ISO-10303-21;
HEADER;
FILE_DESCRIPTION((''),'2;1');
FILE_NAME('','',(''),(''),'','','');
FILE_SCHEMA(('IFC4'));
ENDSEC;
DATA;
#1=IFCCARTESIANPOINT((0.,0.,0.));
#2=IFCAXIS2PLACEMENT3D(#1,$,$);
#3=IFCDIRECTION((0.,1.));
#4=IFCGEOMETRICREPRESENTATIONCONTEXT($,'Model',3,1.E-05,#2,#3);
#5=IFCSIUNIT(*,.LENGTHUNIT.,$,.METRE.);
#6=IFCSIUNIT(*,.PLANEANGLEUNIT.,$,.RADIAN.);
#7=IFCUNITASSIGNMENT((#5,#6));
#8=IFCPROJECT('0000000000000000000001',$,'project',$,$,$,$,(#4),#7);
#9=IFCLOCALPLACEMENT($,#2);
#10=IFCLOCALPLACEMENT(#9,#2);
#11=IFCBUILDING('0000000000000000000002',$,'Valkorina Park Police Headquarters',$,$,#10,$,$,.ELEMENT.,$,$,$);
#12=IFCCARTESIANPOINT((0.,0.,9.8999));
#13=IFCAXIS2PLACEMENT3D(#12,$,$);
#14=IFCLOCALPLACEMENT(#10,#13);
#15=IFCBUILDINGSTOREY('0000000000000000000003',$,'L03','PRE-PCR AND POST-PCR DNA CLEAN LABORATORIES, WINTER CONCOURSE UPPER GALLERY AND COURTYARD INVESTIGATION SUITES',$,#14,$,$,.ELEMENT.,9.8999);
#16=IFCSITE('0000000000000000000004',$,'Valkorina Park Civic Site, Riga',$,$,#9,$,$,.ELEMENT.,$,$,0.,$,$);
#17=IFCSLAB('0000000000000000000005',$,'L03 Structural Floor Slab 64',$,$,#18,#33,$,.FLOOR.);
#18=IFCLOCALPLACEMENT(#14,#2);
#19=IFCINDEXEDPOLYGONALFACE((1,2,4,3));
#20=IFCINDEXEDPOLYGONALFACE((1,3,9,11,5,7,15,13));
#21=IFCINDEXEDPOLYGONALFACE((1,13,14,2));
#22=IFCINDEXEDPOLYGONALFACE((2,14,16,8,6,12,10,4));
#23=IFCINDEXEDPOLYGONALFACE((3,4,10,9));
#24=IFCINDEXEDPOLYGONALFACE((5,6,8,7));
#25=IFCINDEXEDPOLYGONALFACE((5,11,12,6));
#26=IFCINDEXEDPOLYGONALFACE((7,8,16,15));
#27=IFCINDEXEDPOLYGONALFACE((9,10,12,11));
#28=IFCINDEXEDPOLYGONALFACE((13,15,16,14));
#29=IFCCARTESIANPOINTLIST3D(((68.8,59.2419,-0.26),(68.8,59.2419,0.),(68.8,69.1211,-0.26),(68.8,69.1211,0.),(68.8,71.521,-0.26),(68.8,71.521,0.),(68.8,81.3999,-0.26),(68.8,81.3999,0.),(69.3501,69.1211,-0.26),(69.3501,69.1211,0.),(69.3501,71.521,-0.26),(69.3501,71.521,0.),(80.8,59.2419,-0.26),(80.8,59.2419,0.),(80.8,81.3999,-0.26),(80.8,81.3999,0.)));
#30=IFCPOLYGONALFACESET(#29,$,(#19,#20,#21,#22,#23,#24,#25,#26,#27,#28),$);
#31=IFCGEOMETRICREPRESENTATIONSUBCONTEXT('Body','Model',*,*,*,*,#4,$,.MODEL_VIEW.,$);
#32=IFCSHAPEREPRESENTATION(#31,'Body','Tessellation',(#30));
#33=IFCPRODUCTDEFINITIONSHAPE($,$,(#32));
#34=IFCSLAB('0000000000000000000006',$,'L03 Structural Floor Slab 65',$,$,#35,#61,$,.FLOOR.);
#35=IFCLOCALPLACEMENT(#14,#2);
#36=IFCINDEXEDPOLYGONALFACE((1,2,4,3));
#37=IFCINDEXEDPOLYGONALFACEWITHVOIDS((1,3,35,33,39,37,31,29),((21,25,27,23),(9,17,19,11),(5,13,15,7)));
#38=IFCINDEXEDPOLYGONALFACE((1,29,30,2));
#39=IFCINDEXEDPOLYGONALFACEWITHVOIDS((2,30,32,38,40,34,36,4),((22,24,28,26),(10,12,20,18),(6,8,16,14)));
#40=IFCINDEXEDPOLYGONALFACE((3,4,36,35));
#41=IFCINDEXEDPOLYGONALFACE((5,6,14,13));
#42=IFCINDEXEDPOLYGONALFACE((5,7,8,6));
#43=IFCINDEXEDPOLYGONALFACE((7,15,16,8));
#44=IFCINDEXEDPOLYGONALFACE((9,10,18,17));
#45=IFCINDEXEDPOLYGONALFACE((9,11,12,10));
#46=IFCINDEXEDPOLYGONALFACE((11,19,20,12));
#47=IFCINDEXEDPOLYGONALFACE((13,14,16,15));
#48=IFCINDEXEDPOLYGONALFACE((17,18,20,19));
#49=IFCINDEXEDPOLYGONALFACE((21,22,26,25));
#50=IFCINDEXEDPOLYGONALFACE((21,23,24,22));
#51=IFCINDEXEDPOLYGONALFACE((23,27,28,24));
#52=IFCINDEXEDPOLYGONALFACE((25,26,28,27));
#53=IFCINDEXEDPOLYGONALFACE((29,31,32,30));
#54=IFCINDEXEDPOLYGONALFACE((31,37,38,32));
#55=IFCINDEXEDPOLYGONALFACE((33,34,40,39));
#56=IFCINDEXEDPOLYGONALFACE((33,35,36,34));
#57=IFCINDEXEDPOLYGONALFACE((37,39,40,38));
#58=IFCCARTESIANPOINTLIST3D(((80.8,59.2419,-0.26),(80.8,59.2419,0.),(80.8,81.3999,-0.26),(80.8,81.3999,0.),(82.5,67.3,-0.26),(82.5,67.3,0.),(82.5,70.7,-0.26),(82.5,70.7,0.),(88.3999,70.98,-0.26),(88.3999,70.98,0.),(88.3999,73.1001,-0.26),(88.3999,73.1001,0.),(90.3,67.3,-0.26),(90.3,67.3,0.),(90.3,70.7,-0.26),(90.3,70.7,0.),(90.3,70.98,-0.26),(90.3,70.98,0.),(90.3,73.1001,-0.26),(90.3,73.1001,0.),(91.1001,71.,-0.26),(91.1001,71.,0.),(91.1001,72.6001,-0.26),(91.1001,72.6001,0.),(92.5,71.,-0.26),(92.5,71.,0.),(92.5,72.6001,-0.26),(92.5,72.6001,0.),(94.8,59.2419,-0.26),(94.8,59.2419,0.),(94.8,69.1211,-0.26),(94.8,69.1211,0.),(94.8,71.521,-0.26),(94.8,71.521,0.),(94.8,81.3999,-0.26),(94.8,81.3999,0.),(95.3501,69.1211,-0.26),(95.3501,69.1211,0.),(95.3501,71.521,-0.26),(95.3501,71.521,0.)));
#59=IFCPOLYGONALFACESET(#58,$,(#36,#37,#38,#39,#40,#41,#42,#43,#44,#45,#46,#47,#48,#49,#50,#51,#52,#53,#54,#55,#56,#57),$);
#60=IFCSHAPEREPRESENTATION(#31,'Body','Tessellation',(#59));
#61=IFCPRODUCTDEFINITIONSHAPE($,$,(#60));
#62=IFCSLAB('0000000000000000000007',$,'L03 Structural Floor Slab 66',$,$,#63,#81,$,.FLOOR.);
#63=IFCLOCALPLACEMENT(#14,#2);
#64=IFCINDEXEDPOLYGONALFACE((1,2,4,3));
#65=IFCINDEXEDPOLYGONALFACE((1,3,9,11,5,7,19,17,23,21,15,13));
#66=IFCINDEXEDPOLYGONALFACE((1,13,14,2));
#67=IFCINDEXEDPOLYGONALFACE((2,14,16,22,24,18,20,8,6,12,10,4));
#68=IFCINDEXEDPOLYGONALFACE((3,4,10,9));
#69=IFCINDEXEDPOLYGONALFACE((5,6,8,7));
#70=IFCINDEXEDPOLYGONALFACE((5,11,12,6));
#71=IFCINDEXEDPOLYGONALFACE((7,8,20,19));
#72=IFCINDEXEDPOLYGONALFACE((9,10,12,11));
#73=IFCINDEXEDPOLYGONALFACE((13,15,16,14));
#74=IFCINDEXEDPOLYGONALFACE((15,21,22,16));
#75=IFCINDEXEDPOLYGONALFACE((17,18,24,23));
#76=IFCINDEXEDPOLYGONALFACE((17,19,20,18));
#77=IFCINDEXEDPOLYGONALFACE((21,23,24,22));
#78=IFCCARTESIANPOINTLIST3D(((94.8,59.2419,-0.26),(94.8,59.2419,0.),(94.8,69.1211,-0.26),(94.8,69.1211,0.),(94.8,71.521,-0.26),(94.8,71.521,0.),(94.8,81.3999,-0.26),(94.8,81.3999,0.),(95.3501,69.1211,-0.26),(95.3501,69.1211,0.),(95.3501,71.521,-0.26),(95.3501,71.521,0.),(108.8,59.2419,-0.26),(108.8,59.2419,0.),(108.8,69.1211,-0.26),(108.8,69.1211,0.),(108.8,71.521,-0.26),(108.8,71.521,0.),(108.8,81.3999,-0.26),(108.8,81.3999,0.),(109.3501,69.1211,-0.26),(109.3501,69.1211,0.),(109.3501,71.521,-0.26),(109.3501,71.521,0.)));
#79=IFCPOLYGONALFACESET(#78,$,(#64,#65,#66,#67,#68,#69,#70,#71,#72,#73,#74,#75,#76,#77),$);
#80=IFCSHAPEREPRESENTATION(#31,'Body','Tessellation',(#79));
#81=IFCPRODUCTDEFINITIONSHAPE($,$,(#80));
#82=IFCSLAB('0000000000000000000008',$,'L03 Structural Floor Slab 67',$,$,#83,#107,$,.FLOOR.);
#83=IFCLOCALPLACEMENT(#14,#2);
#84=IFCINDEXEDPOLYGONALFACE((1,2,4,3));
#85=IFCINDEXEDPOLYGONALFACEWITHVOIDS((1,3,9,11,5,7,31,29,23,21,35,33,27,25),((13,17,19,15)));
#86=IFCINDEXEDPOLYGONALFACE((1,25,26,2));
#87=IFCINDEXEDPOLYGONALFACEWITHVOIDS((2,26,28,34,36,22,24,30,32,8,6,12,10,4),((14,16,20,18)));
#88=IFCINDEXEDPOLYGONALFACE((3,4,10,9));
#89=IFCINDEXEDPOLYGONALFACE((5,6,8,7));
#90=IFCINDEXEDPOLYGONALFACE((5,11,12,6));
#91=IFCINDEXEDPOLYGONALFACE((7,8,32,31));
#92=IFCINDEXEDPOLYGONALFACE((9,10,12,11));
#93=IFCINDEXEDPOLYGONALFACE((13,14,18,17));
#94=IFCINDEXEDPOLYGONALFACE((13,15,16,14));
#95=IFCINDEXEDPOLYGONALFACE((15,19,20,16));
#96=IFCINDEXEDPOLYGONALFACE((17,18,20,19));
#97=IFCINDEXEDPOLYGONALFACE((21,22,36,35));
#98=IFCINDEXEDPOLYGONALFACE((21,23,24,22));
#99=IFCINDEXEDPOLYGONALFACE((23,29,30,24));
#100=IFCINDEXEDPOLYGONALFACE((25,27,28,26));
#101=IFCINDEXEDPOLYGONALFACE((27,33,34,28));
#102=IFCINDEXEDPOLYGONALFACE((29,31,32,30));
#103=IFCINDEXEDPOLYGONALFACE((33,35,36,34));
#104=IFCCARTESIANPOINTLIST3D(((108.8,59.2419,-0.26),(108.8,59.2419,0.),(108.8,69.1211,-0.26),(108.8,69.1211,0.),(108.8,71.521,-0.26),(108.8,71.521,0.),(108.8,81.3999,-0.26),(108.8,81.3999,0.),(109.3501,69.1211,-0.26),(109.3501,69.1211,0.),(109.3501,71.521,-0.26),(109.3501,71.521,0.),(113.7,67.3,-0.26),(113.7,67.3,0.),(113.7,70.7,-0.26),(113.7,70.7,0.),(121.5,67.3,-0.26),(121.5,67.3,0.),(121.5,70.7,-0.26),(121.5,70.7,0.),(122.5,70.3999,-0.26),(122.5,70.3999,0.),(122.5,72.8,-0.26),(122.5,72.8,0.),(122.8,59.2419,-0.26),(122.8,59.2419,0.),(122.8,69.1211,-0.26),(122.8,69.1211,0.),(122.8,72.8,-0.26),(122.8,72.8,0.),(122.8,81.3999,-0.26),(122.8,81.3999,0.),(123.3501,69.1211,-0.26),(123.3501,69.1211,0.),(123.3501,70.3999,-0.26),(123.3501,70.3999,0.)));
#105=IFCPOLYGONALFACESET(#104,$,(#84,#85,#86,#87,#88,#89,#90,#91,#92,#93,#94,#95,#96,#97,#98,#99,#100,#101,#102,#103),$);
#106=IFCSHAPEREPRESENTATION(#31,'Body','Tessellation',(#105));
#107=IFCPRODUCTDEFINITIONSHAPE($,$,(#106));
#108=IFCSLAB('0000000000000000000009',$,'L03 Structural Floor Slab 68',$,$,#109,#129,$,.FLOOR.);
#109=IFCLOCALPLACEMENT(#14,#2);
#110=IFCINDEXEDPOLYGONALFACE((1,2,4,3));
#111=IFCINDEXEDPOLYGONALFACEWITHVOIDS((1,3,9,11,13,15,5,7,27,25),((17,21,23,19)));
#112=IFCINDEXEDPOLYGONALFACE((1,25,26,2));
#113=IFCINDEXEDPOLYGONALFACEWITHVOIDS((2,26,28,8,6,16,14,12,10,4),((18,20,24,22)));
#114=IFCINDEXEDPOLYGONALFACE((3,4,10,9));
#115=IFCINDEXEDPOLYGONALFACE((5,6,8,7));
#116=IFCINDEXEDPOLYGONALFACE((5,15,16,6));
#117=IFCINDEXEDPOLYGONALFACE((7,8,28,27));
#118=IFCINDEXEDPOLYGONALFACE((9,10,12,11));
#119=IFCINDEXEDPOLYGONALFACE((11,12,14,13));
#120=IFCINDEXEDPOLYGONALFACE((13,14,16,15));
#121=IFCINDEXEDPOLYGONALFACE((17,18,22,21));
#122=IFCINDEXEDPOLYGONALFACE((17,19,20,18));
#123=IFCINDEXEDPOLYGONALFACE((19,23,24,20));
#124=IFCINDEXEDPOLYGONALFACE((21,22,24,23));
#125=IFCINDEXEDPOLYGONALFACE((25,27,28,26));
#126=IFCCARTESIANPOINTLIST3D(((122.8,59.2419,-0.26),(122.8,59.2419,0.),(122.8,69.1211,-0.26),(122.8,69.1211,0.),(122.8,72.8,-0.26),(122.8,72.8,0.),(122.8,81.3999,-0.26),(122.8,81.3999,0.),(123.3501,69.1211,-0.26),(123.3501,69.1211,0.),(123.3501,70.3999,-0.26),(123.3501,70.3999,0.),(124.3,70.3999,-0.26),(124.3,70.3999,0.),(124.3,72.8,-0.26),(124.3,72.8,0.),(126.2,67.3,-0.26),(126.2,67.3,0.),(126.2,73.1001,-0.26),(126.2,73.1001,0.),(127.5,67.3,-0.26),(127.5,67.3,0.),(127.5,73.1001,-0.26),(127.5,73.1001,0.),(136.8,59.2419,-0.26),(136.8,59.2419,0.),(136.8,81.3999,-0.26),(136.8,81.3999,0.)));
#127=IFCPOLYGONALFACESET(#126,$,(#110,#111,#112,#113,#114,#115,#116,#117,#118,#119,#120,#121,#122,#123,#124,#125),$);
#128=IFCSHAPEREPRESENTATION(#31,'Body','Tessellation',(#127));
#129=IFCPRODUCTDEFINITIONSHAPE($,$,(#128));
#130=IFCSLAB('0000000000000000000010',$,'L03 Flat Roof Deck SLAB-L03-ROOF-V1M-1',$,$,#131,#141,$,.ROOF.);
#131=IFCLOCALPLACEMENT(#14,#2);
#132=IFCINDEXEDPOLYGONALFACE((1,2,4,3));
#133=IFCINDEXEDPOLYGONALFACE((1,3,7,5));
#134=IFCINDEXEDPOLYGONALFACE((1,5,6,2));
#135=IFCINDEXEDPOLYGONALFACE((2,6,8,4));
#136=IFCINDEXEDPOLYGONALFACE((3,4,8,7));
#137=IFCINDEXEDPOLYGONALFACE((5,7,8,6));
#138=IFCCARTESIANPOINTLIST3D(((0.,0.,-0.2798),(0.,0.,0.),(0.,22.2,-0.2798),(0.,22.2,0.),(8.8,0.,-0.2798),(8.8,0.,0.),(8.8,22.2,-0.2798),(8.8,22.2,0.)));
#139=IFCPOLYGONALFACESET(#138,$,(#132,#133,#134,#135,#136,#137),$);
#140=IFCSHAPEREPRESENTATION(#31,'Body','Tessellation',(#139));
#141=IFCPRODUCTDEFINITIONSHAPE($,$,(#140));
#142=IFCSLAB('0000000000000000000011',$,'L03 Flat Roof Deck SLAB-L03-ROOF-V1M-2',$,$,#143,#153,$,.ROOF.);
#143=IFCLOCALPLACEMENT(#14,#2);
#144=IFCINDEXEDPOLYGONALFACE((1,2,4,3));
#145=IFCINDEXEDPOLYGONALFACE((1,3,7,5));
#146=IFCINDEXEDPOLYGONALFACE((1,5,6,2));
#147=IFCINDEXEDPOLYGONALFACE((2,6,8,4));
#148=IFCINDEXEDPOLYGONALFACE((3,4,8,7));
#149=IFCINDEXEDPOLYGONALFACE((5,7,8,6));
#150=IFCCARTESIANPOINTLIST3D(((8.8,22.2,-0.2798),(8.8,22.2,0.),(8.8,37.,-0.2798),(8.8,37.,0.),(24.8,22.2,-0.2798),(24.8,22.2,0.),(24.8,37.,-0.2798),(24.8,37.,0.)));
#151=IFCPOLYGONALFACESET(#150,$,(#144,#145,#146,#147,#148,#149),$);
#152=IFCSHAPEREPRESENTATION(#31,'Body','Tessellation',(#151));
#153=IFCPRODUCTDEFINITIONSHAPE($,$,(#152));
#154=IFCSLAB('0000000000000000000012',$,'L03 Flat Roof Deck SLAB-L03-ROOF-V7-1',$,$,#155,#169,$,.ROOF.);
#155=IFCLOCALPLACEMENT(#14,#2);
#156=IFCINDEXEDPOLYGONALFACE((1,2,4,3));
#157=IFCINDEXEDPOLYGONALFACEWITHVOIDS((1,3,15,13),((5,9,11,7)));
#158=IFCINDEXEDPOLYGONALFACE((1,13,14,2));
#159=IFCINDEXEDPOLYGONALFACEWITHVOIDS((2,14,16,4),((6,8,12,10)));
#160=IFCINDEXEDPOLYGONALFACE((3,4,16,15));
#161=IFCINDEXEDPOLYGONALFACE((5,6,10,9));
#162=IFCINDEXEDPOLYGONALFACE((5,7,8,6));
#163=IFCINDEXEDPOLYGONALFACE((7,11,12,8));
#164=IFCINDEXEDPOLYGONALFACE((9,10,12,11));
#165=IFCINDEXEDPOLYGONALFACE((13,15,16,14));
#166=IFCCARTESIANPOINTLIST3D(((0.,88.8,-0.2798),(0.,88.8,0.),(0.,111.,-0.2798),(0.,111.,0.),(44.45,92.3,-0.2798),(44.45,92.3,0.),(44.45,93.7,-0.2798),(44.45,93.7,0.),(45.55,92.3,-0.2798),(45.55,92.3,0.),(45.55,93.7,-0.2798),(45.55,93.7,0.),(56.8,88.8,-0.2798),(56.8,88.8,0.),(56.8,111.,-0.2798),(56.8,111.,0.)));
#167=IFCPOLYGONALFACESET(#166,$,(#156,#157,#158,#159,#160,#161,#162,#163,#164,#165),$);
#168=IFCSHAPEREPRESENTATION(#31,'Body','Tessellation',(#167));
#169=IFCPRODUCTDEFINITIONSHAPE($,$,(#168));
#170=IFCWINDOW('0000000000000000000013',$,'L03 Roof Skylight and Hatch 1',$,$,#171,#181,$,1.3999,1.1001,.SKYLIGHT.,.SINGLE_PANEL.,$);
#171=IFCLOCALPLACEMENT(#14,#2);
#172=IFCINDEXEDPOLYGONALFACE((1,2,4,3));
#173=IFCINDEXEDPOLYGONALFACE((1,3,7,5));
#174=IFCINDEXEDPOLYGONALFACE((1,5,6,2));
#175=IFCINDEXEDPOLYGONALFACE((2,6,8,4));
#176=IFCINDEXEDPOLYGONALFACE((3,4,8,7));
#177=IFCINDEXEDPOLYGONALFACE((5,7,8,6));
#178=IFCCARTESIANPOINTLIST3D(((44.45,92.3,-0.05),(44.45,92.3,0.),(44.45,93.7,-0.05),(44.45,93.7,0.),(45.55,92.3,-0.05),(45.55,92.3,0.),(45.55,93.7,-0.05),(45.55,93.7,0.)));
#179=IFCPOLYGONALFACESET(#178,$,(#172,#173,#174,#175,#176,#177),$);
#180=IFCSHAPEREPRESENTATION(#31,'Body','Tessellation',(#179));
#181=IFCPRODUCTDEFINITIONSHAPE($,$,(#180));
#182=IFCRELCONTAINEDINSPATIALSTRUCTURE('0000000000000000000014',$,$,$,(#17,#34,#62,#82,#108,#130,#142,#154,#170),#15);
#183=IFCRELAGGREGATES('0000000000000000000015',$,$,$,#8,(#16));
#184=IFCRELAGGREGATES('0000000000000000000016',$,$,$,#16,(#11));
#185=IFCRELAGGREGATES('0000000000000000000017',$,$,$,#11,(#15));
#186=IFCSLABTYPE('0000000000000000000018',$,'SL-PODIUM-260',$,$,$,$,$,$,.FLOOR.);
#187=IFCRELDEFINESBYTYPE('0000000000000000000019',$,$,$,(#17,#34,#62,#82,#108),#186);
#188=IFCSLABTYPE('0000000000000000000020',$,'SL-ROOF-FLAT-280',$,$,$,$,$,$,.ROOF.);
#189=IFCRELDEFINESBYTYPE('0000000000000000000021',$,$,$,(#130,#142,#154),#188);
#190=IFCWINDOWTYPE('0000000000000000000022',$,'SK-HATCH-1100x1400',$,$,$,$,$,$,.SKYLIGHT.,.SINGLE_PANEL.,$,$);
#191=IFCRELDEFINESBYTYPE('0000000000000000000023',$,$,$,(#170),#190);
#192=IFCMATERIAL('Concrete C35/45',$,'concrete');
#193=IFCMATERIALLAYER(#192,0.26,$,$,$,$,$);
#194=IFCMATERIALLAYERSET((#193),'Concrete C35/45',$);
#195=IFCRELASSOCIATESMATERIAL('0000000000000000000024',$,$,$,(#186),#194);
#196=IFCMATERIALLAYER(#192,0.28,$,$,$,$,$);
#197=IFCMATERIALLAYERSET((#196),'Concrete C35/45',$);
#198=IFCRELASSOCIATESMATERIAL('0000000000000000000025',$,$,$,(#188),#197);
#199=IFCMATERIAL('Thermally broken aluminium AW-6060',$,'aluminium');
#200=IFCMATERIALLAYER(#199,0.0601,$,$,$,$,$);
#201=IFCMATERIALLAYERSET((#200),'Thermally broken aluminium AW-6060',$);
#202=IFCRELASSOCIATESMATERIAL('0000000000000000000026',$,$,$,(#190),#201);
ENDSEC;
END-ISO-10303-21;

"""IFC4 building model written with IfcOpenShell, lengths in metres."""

from ifc_helpers import new_model, si_unit, direction, frame, origin, origin_2d, place, context, subcontext, project, spatial, polyline, rectangle, outline, extrude, material, layer, layer_set, type_object, element, fill, save


model = new_model("IFC4")

# Units and contexts
model_context = context("Model", 3, precision=1e-05, world=origin(), true_north=direction((0.0, 1.0)))
body_context = subcontext(model_context, "Body", "Model", "MODEL_VIEW")
ifc_project = project(units=[si_unit("LENGTHUNIT", "METRE"), si_unit("PLANEANGLEUNIT", "RADIAN")], contexts=[model_context])

# Site, building, storey
site_placement = place(None, origin())
site = spatial("IfcSite", under=ifc_project, at=site_placement, Name="Valkorina Park Civic Site, Riga", CompositionType="ELEMENT", RefElevation=0.0)
building_placement = place(site_placement, origin())
building = spatial("IfcBuilding", under=site, at=building_placement, Name="Valkorina Park Police Headquarters", CompositionType="ELEMENT")
storey_placement = place(building_placement, frame((0.0, 0.0, 9.8999)))
storey = spatial("IfcBuildingStorey", under=building, at=storey_placement, Name="L03", Description="PRE-PCR AND POST-PCR DNA CLEAN LABORATORIES, WINTER CONCOURSE UPPER GALLERY AND COURTYARD INVESTIGATION SUITES", CompositionType="ELEMENT", Elevation=9.8999)

# Shared definitions
ifc_material_1 = material(Name="Concrete C35/45", Category="concrete")

# Slabs
ifc_layer_1 = layer(ifc_material_1, 0.26)
ifc_layer_set_1 = layer_set([ifc_layer_1], Name="Concrete C35/45")
slab_type_1 = type_object("IfcSlabType", Name="SL-PODIUM-260", PredefinedType="FLOOR", material=ifc_layer_set_1)
slab_1_placement = place(storey_placement, frame((0.0, 0.0, -0.26)))
element("IfcSlab", 1, at=slab_1_placement, inside=storey, type_object=slab_type_1, Name="L03 Structural Floor Slab 64", PredefinedType="FLOOR", context=body_context, shape_type="SweptSolid", body=[
    extrude(outline(polyline([(68.8, 81.3999), (68.8, 71.521), (69.3501, 71.521), (69.3501, 69.1211), (68.8, 69.1211), (68.8, 59.2419), (80.8, 59.2419), (80.8, 81.3999), (68.8, 81.3999)])), origin(), (0.0, 0.0, 1.0), 0.26),
])
slab_2_placement = place(storey_placement, frame((0.0, 0.0, -0.26)))
element("IfcSlab", 2, at=slab_2_placement, inside=storey, type_object=slab_type_1, Name="L03 Structural Floor Slab 65", PredefinedType="FLOOR", context=body_context, shape_type="SweptSolid", body=[
    extrude(outline(polyline([(94.8, 59.2419), (94.8, 69.1211), (95.3501, 69.1211), (95.3501, 71.521), (94.8, 71.521), (94.8, 81.3999), (80.8, 81.3999), (80.8, 59.2419), (94.8, 59.2419)]), holes=[polyline([(82.5, 67.3), (82.5, 70.7), (90.3, 70.7), (90.3, 67.3), (82.5, 67.3)]), polyline([(91.1001, 71.0), (91.1001, 72.6001), (92.5, 72.6001), (92.5, 71.0), (91.1001, 71.0)]), polyline([(88.3999, 70.98), (88.3999, 73.1001), (90.3, 73.1001), (90.3, 70.98), (88.3999, 70.98)])]), origin(), (0.0, 0.0, 1.0), 0.26),
])
slab_3_placement = place(storey_placement, frame((0.0, 0.0, -0.26)))
element("IfcSlab", 3, at=slab_3_placement, inside=storey, type_object=slab_type_1, Name="L03 Structural Floor Slab 66", PredefinedType="FLOOR", context=body_context, shape_type="SweptSolid", body=[
    extrude(outline(polyline([(108.8, 81.3999), (94.8, 81.3999), (94.8, 71.521), (95.3501, 71.521), (95.3501, 69.1211), (94.8, 69.1211), (94.8, 59.2419), (108.8, 59.2419), (108.8, 69.1211), (109.3501, 69.1211), (109.3501, 71.521), (108.8, 71.521), (108.8, 81.3999)])), origin(), (0.0, 0.0, 1.0), 0.26),
])
slab_4_placement = place(storey_placement, frame((0.0, 0.0, -0.26)))
element("IfcSlab", 4, at=slab_4_placement, inside=storey, type_object=slab_type_1, Name="L03 Structural Floor Slab 67", PredefinedType="FLOOR", context=body_context, shape_type="SweptSolid", body=[
    extrude(outline(polyline([(122.8, 81.3999), (108.8, 81.3999), (108.8, 71.521), (109.3501, 71.521), (109.3501, 69.1211), (108.8, 69.1211), (108.8, 59.2419), (122.8, 59.2419), (122.8, 69.1211), (123.3501, 69.1211), (123.3501, 70.3999), (122.5, 70.3999), (122.5, 72.8), (122.8, 72.8), (122.8, 81.3999)]), holes=[polyline([(113.7, 67.3), (113.7, 70.7), (121.5, 70.7), (121.5, 67.3), (113.7, 67.3)])]), origin(), (0.0, 0.0, 1.0), 0.26),
])
slab_5_placement = place(storey_placement, frame((0.0, 0.0, -0.26)))
element("IfcSlab", 5, at=slab_5_placement, inside=storey, type_object=slab_type_1, Name="L03 Structural Floor Slab 68", PredefinedType="FLOOR", context=body_context, shape_type="SweptSolid", body=[
    extrude(outline(polyline([(122.8, 81.3999), (122.8, 72.8), (124.3, 72.8), (124.3, 70.3999), (123.3501, 70.3999), (123.3501, 69.1211), (122.8, 69.1211), (122.8, 59.2419), (136.8, 59.2419), (136.8, 81.3999), (122.8, 81.3999)]), holes=[polyline([(127.5, 67.3), (126.2, 67.3), (126.2, 73.1001), (127.5, 73.1001), (127.5, 67.3)])]), origin(), (0.0, 0.0, 1.0), 0.26),
])
ifc_layer_2 = layer(ifc_material_1, 0.28)
ifc_layer_set_2 = layer_set([ifc_layer_2], Name="Concrete C35/45")
slab_type_2 = type_object("IfcSlabType", Name="SL-ROOF-FLAT-280", PredefinedType="ROOF", material=ifc_layer_set_2)
slab_6_placement = place(storey_placement, frame((0.0, 0.0, -0.2798)))
element("IfcSlab", 6, at=slab_6_placement, inside=storey, type_object=slab_type_2, Name="L03 Flat Roof Deck SLAB-L03-ROOF-V1M-1", PredefinedType="ROOF", context=body_context, shape_type="SweptSolid", body=[
    extrude(outline(polyline([(8.8, 0.0), (8.8, 22.2), (0.0, 22.2), (0.0, 0.0), (8.8, 0.0)])), origin(), (0.0, 0.0, 1.0), 0.2798),
])
slab_7_placement = place(storey_placement, frame((0.0, 0.0, -0.2798)))
element("IfcSlab", 7, at=slab_7_placement, inside=storey, type_object=slab_type_2, Name="L03 Flat Roof Deck SLAB-L03-ROOF-V1M-2", PredefinedType="ROOF", context=body_context, shape_type="SweptSolid", body=[
    extrude(outline(polyline([(24.8, 22.2), (24.8, 37.0), (8.8, 37.0), (8.8, 22.2), (24.8, 22.2)])), origin(), (0.0, 0.0, 1.0), 0.2798),
])

# Slab, opening, window
slab_8_placement = place(storey_placement, frame((0.0, 0.0, -0.2798)))
slab_8 = element("IfcSlab", 8, at=slab_8_placement, inside=storey, type_object=slab_type_2, Name="L03 Flat Roof Deck SLAB-L03-ROOF-V7-1", PredefinedType="ROOF", context=body_context, shape_type="SweptSolid", body=[
    extrude(outline(polyline([(56.8, 88.8), (56.8, 111.0), (0.0, 111.0), (0.0, 88.8), (56.8, 88.8)])), origin(), (0.0, 0.0, 1.0), 0.2798),
])
opening_placement = place(slab_8_placement, frame((45.0, 93.0, -0.01)))
opening = element("IfcOpeningElement", 9, at=opening_placement, cuts=slab_8, PredefinedType="OPENING", context=body_context, shape_type="SweptSolid", body=[
    extrude(rectangle(XDim=1.1001, YDim=1.3999, at=origin_2d()), origin(), (0.0, 0.0, 1.0), 0.2998),
])
ifc_material_2 = material(Name="Thermally broken aluminium AW-6060", Category="aluminium")
ifc_layer_3 = layer(ifc_material_2, 0.0601)
ifc_layer_set_3 = layer_set([ifc_layer_3], Name="Thermally broken aluminium AW-6060")
window_type = type_object("IfcWindowType", Name="SK-HATCH-1100x1400", PartitioningType="SINGLE_PANEL", PredefinedType="SKYLIGHT", material=ifc_layer_set_3)
window_placement = place(slab_8_placement, frame((45.0, 93.0, 0.2297)))
window = element("IfcWindow", 10, at=window_placement, inside=storey, type_object=window_type, Name="L03 Roof Skylight and Hatch 1", OverallHeight=1.3999, OverallWidth=1.1001, PartitioningType="SINGLE_PANEL", PredefinedType="SKYLIGHT", context=body_context, shape_type="SweptSolid", body=[
    extrude(rectangle(XDim=1.1001, YDim=1.3999, at=origin_2d()), origin(), (0.0, 0.0, 1.0), 0.05),
])
fill(opening, window)

save(model, "model.ifc")
